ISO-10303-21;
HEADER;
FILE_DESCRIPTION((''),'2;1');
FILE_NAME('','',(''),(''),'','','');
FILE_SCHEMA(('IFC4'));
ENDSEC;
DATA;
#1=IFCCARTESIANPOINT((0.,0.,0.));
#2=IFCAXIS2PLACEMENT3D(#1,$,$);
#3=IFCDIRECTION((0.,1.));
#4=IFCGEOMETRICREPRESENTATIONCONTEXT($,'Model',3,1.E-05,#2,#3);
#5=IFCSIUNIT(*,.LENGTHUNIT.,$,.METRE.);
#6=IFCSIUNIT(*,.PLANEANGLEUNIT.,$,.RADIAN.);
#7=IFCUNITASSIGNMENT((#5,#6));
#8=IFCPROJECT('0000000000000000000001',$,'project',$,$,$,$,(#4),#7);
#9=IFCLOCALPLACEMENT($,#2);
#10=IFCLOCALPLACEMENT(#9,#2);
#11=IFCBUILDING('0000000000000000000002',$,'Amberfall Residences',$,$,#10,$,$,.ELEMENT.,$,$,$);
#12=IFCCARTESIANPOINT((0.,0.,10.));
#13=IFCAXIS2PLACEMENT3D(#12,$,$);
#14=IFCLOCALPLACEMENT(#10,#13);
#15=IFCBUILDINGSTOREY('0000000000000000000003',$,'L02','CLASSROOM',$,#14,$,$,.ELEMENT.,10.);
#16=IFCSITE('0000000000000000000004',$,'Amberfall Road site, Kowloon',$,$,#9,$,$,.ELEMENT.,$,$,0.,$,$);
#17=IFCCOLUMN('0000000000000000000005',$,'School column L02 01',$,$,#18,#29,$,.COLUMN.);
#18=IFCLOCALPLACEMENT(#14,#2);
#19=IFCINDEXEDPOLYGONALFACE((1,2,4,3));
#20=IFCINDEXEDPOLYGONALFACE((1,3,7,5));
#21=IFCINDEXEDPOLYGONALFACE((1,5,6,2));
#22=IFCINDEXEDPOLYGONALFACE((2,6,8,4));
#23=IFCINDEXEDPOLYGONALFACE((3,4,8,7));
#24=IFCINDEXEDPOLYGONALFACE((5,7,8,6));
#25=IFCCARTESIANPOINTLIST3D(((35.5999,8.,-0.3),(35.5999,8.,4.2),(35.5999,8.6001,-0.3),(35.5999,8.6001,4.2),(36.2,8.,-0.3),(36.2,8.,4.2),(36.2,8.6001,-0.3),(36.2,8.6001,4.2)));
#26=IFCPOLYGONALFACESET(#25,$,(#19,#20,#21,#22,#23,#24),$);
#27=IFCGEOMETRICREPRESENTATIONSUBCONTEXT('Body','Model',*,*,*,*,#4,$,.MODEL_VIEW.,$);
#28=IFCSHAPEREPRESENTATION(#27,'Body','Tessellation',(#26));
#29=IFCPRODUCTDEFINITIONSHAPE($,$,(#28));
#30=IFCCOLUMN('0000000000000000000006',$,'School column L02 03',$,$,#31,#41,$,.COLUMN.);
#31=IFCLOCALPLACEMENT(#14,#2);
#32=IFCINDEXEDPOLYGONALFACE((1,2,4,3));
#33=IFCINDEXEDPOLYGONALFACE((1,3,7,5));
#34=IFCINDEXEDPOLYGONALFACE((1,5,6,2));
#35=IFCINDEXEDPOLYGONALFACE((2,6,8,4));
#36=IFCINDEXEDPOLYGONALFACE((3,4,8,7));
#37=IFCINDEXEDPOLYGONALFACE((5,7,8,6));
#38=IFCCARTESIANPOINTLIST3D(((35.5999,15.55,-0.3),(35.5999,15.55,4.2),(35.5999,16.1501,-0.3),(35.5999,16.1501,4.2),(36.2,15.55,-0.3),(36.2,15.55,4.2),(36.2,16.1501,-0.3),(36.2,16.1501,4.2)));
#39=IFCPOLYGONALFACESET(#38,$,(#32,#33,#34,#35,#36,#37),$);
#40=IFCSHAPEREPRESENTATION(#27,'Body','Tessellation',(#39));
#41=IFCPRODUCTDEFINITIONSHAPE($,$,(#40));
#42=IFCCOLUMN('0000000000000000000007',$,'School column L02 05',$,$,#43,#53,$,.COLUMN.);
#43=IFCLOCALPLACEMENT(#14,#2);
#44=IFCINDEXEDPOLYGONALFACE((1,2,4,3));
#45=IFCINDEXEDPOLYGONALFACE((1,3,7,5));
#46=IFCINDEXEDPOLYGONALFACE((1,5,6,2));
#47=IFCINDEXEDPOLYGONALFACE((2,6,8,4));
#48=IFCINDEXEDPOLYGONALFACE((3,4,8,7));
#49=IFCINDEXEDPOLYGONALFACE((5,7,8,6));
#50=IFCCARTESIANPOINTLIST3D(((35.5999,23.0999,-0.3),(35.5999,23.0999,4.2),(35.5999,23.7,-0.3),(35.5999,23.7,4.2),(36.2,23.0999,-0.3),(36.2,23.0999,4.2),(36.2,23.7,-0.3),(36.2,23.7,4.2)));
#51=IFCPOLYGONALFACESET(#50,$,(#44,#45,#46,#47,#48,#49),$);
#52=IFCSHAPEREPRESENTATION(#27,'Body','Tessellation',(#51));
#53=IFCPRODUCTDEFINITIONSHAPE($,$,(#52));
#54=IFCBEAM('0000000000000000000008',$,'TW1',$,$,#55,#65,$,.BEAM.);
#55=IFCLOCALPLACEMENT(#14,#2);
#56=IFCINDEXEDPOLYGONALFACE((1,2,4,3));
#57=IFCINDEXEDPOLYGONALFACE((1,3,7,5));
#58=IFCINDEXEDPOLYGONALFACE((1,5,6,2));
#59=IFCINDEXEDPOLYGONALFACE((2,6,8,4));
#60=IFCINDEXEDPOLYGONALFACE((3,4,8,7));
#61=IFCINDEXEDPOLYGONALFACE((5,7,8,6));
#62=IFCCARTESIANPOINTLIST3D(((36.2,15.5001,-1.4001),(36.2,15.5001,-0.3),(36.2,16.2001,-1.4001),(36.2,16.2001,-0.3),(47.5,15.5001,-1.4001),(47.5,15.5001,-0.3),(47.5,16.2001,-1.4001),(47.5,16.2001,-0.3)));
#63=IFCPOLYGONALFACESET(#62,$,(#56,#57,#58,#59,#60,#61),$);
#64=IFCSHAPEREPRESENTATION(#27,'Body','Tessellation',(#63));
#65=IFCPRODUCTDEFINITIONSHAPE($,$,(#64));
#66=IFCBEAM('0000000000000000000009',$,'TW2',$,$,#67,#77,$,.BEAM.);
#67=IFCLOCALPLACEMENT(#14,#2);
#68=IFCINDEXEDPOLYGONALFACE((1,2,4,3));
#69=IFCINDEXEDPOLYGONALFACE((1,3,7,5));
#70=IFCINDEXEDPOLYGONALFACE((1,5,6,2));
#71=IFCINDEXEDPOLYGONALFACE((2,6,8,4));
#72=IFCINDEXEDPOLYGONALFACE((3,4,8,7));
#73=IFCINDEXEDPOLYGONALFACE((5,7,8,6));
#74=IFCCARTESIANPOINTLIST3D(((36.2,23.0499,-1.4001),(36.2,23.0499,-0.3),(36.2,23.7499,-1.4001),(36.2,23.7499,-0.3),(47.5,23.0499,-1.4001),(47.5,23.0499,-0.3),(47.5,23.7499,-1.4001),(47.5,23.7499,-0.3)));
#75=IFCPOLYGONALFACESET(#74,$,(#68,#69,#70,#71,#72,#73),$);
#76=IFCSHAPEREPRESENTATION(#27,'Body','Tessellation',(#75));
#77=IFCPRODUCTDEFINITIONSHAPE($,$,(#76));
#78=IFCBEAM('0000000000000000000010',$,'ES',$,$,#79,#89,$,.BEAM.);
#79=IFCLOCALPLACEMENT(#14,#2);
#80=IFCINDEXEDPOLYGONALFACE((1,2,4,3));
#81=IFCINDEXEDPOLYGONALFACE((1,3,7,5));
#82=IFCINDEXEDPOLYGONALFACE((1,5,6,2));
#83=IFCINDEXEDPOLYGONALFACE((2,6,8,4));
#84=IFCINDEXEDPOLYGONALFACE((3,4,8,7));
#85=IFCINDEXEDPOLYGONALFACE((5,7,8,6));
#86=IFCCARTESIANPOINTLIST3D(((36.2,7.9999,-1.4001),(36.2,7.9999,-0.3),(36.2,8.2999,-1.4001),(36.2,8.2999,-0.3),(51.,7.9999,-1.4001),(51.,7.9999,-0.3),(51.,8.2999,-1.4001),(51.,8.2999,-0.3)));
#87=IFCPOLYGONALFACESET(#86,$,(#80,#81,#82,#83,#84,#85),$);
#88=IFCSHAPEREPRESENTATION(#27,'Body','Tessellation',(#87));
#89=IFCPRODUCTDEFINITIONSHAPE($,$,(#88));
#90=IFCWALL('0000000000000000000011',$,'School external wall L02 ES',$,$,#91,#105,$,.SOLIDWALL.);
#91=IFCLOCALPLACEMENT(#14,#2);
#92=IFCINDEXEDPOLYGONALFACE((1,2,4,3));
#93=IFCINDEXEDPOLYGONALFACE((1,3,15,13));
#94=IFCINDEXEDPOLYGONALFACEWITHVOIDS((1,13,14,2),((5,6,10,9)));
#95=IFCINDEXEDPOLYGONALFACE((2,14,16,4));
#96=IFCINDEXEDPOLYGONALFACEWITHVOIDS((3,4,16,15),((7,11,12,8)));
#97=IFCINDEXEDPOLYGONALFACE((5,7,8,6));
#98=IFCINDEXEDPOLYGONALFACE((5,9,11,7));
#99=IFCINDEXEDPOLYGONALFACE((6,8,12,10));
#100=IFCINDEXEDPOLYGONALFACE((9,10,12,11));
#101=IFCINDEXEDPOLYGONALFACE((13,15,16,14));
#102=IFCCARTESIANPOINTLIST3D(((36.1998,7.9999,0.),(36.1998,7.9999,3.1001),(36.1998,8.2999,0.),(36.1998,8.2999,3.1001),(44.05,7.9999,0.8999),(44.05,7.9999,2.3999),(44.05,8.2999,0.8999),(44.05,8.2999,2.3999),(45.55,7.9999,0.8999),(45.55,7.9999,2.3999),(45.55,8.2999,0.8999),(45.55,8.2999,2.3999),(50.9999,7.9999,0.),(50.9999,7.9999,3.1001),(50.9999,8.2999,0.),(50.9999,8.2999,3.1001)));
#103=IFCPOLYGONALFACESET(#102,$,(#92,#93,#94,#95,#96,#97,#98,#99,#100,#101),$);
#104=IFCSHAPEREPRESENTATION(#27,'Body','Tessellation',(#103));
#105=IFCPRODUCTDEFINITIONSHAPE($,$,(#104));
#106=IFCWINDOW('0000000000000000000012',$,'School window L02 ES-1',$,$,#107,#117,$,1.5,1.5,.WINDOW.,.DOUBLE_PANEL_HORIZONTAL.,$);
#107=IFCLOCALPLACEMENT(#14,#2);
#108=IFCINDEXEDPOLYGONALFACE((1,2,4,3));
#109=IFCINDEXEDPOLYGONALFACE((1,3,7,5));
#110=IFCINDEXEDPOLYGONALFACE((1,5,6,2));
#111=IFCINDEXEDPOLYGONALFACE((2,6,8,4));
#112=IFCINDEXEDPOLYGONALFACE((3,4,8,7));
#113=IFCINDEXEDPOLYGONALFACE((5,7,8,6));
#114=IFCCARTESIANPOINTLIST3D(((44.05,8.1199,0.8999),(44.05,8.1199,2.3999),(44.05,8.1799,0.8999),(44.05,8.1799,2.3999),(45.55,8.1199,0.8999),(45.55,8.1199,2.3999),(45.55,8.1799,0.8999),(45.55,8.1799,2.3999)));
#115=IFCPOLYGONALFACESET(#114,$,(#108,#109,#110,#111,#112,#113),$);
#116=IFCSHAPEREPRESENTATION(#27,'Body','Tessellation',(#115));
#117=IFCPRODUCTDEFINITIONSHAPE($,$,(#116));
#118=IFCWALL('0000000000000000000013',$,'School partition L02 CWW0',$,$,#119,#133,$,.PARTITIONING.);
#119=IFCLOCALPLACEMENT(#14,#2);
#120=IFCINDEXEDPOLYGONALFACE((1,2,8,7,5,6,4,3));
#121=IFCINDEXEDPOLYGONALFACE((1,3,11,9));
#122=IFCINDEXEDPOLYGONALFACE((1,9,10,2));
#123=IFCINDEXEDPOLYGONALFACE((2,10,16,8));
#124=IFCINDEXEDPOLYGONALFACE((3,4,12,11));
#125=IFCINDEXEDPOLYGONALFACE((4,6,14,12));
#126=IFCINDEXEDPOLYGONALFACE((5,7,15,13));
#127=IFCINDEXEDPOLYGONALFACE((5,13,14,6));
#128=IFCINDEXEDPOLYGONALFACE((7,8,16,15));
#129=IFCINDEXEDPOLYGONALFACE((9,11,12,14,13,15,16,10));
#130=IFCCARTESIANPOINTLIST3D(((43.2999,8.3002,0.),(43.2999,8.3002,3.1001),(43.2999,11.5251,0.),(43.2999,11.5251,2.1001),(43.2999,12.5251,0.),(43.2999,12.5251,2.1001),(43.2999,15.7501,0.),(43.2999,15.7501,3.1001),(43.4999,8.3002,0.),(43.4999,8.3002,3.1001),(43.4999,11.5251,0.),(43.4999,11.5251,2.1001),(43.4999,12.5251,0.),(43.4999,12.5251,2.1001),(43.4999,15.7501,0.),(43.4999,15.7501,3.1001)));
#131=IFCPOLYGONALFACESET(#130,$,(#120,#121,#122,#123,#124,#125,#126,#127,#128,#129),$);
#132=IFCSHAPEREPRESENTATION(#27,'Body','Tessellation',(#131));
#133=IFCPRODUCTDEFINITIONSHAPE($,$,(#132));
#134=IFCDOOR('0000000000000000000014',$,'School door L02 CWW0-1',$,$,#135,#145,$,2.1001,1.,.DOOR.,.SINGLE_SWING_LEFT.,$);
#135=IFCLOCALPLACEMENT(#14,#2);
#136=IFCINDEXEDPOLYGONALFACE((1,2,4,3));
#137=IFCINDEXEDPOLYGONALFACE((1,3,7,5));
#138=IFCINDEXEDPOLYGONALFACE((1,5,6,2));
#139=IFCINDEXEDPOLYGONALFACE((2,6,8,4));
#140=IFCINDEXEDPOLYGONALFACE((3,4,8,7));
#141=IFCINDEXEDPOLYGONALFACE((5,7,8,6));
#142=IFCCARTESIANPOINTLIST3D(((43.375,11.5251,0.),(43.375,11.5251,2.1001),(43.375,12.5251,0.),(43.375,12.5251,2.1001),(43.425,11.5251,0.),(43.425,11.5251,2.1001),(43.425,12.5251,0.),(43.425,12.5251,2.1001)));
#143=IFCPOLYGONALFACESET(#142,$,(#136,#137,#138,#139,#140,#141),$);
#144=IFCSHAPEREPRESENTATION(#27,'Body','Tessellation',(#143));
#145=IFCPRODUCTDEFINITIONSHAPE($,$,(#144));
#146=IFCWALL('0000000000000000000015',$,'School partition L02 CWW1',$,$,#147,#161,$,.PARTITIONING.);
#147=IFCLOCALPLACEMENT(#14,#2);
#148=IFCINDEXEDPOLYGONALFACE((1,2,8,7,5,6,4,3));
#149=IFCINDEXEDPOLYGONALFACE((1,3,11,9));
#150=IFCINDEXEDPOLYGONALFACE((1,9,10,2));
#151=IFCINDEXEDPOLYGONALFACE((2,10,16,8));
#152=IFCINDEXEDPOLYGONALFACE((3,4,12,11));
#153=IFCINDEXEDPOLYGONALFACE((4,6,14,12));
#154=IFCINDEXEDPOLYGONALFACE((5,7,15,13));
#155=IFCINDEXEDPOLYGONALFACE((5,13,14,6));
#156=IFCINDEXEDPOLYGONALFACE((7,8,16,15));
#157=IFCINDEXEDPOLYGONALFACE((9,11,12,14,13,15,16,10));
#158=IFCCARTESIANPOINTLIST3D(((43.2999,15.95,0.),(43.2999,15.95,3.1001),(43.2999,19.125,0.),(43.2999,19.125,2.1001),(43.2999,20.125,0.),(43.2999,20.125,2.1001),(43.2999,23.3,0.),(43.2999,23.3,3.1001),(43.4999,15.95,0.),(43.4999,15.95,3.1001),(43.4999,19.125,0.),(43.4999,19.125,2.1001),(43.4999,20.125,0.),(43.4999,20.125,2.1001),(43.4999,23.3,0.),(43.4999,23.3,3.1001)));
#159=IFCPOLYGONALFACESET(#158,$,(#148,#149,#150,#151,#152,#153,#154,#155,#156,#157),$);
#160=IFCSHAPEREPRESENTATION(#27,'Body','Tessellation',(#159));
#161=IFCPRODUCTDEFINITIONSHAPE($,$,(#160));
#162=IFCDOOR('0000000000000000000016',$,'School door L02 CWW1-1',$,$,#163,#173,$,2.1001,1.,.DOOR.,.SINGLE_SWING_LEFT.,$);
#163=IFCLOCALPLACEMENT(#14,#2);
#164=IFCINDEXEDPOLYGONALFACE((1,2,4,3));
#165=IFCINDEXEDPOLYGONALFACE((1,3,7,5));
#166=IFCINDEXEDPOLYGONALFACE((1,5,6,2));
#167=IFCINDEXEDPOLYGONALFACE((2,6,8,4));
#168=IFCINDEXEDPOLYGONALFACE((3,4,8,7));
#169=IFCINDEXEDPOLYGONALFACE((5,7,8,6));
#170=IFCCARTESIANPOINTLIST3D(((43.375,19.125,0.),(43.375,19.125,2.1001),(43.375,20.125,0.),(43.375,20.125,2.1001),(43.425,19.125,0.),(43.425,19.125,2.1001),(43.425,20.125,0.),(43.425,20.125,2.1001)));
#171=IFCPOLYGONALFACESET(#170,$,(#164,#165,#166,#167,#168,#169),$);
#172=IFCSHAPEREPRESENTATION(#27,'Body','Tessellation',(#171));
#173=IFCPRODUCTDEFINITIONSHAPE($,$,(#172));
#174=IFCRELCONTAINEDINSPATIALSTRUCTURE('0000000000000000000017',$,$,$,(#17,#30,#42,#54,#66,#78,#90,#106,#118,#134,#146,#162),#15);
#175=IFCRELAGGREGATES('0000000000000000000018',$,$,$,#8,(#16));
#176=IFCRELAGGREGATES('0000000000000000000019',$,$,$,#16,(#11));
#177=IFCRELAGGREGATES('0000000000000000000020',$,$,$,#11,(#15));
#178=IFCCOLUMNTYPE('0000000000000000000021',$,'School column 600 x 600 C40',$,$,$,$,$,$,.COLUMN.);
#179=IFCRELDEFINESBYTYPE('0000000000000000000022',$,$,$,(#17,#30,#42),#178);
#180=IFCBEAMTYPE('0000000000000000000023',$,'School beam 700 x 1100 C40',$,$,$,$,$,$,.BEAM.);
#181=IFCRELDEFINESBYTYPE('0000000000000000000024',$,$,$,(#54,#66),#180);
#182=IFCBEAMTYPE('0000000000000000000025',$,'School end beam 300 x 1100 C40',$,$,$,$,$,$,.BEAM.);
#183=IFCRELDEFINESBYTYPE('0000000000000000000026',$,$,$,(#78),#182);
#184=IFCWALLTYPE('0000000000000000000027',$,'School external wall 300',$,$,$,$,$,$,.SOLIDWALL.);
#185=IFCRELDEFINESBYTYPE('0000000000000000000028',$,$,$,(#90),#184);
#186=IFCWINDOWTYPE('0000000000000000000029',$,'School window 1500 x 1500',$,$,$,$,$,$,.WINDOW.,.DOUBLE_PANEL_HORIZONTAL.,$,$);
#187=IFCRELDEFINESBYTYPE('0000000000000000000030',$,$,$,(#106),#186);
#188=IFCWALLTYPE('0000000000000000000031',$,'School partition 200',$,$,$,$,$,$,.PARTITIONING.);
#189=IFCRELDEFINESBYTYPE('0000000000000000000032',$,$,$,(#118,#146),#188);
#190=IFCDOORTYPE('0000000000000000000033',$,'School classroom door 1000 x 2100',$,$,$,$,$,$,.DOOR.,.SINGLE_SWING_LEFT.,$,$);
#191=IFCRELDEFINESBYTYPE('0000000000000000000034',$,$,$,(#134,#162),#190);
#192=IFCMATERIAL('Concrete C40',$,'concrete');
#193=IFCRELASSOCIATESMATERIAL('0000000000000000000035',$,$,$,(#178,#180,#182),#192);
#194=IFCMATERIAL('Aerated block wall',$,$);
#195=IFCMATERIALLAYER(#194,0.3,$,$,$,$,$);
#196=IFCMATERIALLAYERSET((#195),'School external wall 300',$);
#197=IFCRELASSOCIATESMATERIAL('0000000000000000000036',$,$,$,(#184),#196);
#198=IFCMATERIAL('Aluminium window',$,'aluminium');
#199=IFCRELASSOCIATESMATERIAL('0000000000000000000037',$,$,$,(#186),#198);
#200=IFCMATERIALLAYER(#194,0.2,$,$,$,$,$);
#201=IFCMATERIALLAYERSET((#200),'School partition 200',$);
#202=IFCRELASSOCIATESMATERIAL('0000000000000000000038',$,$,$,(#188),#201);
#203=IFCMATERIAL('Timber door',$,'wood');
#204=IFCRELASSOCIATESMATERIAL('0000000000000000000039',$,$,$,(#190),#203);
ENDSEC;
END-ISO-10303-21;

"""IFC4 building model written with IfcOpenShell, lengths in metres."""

from ifc_helpers import new_model, si_unit, direction, frame, frame_2d, origin, origin_2d, place, context, subcontext, project, spatial, rectangle, extrude, material, layer, layer_set, material_profile, profile_set, type_object, element, fill, save


model = new_model("IFC4")

# Units and contexts
model_context = context("Model", 3, precision=1e-05, world=origin(), true_north=direction((0.0, 1.0)))
body_context = subcontext(model_context, "Body", "Model", "MODEL_VIEW")
ifc_project = project(units=[si_unit("LENGTHUNIT", "METRE"), si_unit("PLANEANGLEUNIT", "RADIAN")], contexts=[model_context])

# Site, building, storey
site_placement = place(None, origin())
site = spatial("IfcSite", under=ifc_project, at=site_placement, Name="Amberfall Road site, Kowloon", CompositionType="ELEMENT", RefElevation=0.0)
building_placement = place(site_placement, origin())
building = spatial("IfcBuilding", under=site, at=building_placement, Name="Amberfall Residences", CompositionType="ELEMENT")
storey_placement = place(building_placement, frame((0.0, 0.0, 10.0)))
storey = spatial("IfcBuildingStorey", under=building, at=storey_placement, Name="L02", Description="CLASSROOM", CompositionType="ELEMENT", Elevation=10.0)

# Columns
ifc_material_1 = material(Name="Concrete C40", Category="concrete")
ifc_material_profile_1 = material_profile(ifc_material_1, rectangle(XDim=0.6001, YDim=0.6001, at=origin_2d()), Name="School column 600 x 600 C40")
ifc_profile_set_1 = profile_set([ifc_material_profile_1], Name="Concrete C40")
column_type = type_object("IfcColumnType", Name="School column 600 x 600 C40", PredefinedType="COLUMN", material=ifc_profile_set_1)
for number, where, z_axis, x_axis, name in (
    (1, (35.8999, 8.3, -0.3), (0.0, 0.0, 1.0), (1.0, 0.0, 0.0), "School column L02 01"),
    (2, (35.8999, 15.8501, -0.3), (0.0, 0.0, 1.0), (1.0, 0.0, 0.0), "School column L02 03"),
    (3, (35.8999, 23.3999, -0.3), (0.0, 0.0, 1.0), (1.0, 0.0, 0.0), "School column L02 05"),
):
    element("IfcColumn", number, at=place(storey_placement, frame(where, z_axis=z_axis, x_axis=x_axis)), inside=storey, type_object=column_type, Name=name, PredefinedType="COLUMN", context=body_context, shape_type="SweptSolid", body=[
        extrude(rectangle(XDim=0.6001, YDim=0.6001, at=origin_2d()), origin(), (0.0, 0.0, 1.0), 4.5),
    ])

# Beams
ifc_material_profile_2 = material_profile(ifc_material_1, rectangle(XDim=0.7, YDim=1.1001, at=origin_2d()), Name="School beam 700 x 1100 C40")
ifc_profile_set_2 = profile_set([ifc_material_profile_2], Name="Concrete C40")
beam_type_1 = type_object("IfcBeamType", Name="School beam 700 x 1100 C40", PredefinedType="BEAM", material=ifc_profile_set_2)
for number, where, z_axis, x_axis, name in (
    (4, (36.2, 15.8501, -0.8501), (1.0, 0.0, 0.0), (0.0, 1.0, 0.0), "TW1"),
    (5, (36.2, 23.3999, -0.8501), (1.0, 0.0, 0.0), (0.0, 1.0, 0.0), "TW2"),
):
    element("IfcBeam", number, at=place(storey_placement, frame(where, z_axis=z_axis, x_axis=x_axis)), inside=storey, type_object=beam_type_1, Name=name, PredefinedType="BEAM", context=body_context, shape_type="SweptSolid", body=[
        extrude(rectangle(XDim=0.7, YDim=1.1001, at=origin_2d()), origin(), (0.0, 0.0, 1.0), 11.3),
    ])
ifc_material_profile_3 = material_profile(ifc_material_1, rectangle(XDim=0.3, YDim=1.1001, at=origin_2d()), Name="School end beam 300 x 1100 C40")
ifc_profile_set_3 = profile_set([ifc_material_profile_3], Name="Concrete C40")
beam_type_2 = type_object("IfcBeamType", Name="School end beam 300 x 1100 C40", PredefinedType="BEAM", material=ifc_profile_set_3)
beam_placement = place(storey_placement, frame((36.2, 8.1499, -0.8501), z_axis=(1.0, 0.0, 0.0), x_axis=(0.0, 1.0, 0.0)))
element("IfcBeam", 6, at=beam_placement, inside=storey, type_object=beam_type_2, Name="ES", PredefinedType="BEAM", context=body_context, shape_type="SweptSolid", body=[
    extrude(rectangle(XDim=0.3, YDim=1.1001, at=origin_2d()), origin(), (0.0, 0.0, 1.0), 14.8),
])

# Wall, opening, window
ifc_material_2 = material(Name="Aerated block wall")
ifc_layer_1 = layer(ifc_material_2, 0.3)
ifc_layer_set_1 = layer_set([ifc_layer_1], Name="School external wall 300")
wall_type_1 = type_object("IfcWallType", Name="School external wall 300", PredefinedType="SOLIDWALL", material=ifc_layer_set_1)
wall_1_placement = place(storey_placement, frame((36.2, 8.1499, 0.0), z_axis=(0.0, 0.0, 1.0), x_axis=(1.0, 0.0, 0.0)))
wall_1 = element("IfcWall", 7, at=wall_1_placement, inside=storey, type_object=wall_type_1, Name="School external wall L02 ES", PredefinedType="SOLIDWALL", context=body_context, shape_type="SweptSolid", body=[
    extrude(rectangle(XDim=14.8, YDim=0.3, at=frame_2d((7.3999, 0.0))), origin(), (0.0, 0.0, 1.0), 3.1001),
])
opening_1_placement = place(wall_1_placement, frame((7.8501, 0.0, 0.8999)))
opening_1 = element("IfcOpeningElement", 8, at=opening_1_placement, cuts=wall_1, PredefinedType="OPENING", context=body_context, shape_type="SweptSolid", body=[
    extrude(rectangle(XDim=1.5, YDim=1.5, at=frame_2d((0.75, 0.75))), frame((0.0, 0.1599, 0.0), z_axis=(0.0, -1.0, 0.0), x_axis=(1.0, 0.0, 0.0)), (0.0, 0.0, 1.0), 0.3201),
])
ifc_material_3 = material(Name="Aluminium window", Category="aluminium")
window_type = type_object("IfcWindowType", Name="School window 1500 x 1500", PartitioningType="DOUBLE_PANEL_HORIZONTAL", PredefinedType="WINDOW", material=ifc_material_3)
window_placement = place(opening_1_placement, origin())
window = element("IfcWindow", 9, at=window_placement, inside=storey, type_object=window_type, Name="School window L02 ES-1", OverallHeight=1.5, OverallWidth=1.5, PartitioningType="DOUBLE_PANEL_HORIZONTAL", PredefinedType="WINDOW", context=body_context, shape_type="SweptSolid", body=[
    extrude(rectangle(XDim=1.5, YDim=1.5, at=frame_2d((0.75, 0.75))), frame((0.0, 0.03, 0.0), z_axis=(0.0, -1.0, 0.0), x_axis=(1.0, 0.0, 0.0)), (0.0, 0.0, 1.0), 0.0601),
])
fill(opening_1, window)

# Walls, openings, doors
ifc_layer_2 = layer(ifc_material_2, 0.2)
ifc_layer_set_2 = layer_set([ifc_layer_2], Name="School partition 200")
wall_type_2 = type_object("IfcWallType", Name="School partition 200", PredefinedType="PARTITIONING", material=ifc_layer_set_2)
wall_2_placement = place(storey_placement, frame((43.3999, 8.3, 0.0), z_axis=(0.0, 0.0, 1.0), x_axis=(0.0, 1.0, 0.0)))
wall_2 = element("IfcWall", 10, at=wall_2_placement, inside=storey, type_object=wall_type_2, Name="School partition L02 CWW0", PredefinedType="PARTITIONING", context=body_context, shape_type="SweptSolid", body=[
    extrude(rectangle(XDim=7.45, YDim=0.2, at=frame_2d((3.7251, 0.0))), origin(), (0.0, 0.0, 1.0), 3.1001),
])
opening_2_placement = place(wall_2_placement, frame((3.2251, 0.0, 0.0)))
opening_2 = element("IfcOpeningElement", 11, at=opening_2_placement, cuts=wall_2, PredefinedType="OPENING", context=body_context, shape_type="SweptSolid", body=[
    extrude(rectangle(XDim=1.0, YDim=2.1001, at=frame_2d((0.5, 1.05))), frame((0.0, 0.1099, 0.0), z_axis=(0.0, -1.0, 0.0), x_axis=(1.0, 0.0, 0.0)), (0.0, 0.0, 1.0), 0.22),
])
ifc_material_4 = material(Name="Timber door", Category="wood")
door_type_1 = type_object("IfcDoorType", Name="School classroom door 1000 x 2100", OperationType="SINGLE_SWING_LEFT", PredefinedType="DOOR", material=ifc_material_4)
door_1_placement = place(opening_2_placement, origin())
door_1 = element("IfcDoor", 12, at=door_1_placement, inside=storey, type_object=door_type_1, Name="School door L02 CWW0-1", OperationType="SINGLE_SWING_LEFT", OverallHeight=2.1001, OverallWidth=1.0, PredefinedType="DOOR", context=body_context, shape_type="SweptSolid", body=[
    extrude(rectangle(XDim=1.0, YDim=2.1001, at=frame_2d((0.5, 1.05))), frame((0.0, 0.0249, 0.0), z_axis=(0.0, -1.0, 0.0), x_axis=(1.0, 0.0, 0.0)), (0.0, 0.0, 1.0), 0.05),
])
fill(opening_2, door_1)
wall_3_placement = place(storey_placement, frame((43.3999, 15.95, 0.0), z_axis=(0.0, 0.0, 1.0), x_axis=(0.0, 1.0, 0.0)))
wall_3 = element("IfcWall", 13, at=wall_3_placement, inside=storey, type_object=wall_type_2, Name="School partition L02 CWW1", PredefinedType="PARTITIONING", context=body_context, shape_type="SweptSolid", body=[
    extrude(rectangle(XDim=7.3501, YDim=0.2, at=frame_2d((3.675, 0.0))), origin(), (0.0, 0.0, 1.0), 3.1001),
])
opening_3_placement = place(wall_3_placement, frame((3.175, 0.0, 0.0)))
opening_3 = element("IfcOpeningElement", 14, at=opening_3_placement, cuts=wall_3, PredefinedType="OPENING", context=body_context, shape_type="SweptSolid", body=[
    extrude(rectangle(XDim=1.0, YDim=2.1001, at=frame_2d((0.5, 1.05))), frame((0.0, 0.1099, 0.0), z_axis=(0.0, -1.0, 0.0), x_axis=(1.0, 0.0, 0.0)), (0.0, 0.0, 1.0), 0.22),
])
door_2_placement = place(opening_3_placement, origin())
door_2 = element("IfcDoor", 15, at=door_2_placement, inside=storey, type_object=door_type_1, Name="School door L02 CWW1-1", OperationType="SINGLE_SWING_LEFT", OverallHeight=2.1001, OverallWidth=1.0, PredefinedType="DOOR", context=body_context, shape_type="SweptSolid", body=[
    extrude(rectangle(XDim=1.0, YDim=2.1001, at=frame_2d((0.5, 1.05))), frame((0.0, 0.0249, 0.0), z_axis=(0.0, -1.0, 0.0), x_axis=(1.0, 0.0, 0.0)), (0.0, 0.0, 1.0), 0.05),
])
fill(opening_3, door_2)

save(model, "model.ifc")
